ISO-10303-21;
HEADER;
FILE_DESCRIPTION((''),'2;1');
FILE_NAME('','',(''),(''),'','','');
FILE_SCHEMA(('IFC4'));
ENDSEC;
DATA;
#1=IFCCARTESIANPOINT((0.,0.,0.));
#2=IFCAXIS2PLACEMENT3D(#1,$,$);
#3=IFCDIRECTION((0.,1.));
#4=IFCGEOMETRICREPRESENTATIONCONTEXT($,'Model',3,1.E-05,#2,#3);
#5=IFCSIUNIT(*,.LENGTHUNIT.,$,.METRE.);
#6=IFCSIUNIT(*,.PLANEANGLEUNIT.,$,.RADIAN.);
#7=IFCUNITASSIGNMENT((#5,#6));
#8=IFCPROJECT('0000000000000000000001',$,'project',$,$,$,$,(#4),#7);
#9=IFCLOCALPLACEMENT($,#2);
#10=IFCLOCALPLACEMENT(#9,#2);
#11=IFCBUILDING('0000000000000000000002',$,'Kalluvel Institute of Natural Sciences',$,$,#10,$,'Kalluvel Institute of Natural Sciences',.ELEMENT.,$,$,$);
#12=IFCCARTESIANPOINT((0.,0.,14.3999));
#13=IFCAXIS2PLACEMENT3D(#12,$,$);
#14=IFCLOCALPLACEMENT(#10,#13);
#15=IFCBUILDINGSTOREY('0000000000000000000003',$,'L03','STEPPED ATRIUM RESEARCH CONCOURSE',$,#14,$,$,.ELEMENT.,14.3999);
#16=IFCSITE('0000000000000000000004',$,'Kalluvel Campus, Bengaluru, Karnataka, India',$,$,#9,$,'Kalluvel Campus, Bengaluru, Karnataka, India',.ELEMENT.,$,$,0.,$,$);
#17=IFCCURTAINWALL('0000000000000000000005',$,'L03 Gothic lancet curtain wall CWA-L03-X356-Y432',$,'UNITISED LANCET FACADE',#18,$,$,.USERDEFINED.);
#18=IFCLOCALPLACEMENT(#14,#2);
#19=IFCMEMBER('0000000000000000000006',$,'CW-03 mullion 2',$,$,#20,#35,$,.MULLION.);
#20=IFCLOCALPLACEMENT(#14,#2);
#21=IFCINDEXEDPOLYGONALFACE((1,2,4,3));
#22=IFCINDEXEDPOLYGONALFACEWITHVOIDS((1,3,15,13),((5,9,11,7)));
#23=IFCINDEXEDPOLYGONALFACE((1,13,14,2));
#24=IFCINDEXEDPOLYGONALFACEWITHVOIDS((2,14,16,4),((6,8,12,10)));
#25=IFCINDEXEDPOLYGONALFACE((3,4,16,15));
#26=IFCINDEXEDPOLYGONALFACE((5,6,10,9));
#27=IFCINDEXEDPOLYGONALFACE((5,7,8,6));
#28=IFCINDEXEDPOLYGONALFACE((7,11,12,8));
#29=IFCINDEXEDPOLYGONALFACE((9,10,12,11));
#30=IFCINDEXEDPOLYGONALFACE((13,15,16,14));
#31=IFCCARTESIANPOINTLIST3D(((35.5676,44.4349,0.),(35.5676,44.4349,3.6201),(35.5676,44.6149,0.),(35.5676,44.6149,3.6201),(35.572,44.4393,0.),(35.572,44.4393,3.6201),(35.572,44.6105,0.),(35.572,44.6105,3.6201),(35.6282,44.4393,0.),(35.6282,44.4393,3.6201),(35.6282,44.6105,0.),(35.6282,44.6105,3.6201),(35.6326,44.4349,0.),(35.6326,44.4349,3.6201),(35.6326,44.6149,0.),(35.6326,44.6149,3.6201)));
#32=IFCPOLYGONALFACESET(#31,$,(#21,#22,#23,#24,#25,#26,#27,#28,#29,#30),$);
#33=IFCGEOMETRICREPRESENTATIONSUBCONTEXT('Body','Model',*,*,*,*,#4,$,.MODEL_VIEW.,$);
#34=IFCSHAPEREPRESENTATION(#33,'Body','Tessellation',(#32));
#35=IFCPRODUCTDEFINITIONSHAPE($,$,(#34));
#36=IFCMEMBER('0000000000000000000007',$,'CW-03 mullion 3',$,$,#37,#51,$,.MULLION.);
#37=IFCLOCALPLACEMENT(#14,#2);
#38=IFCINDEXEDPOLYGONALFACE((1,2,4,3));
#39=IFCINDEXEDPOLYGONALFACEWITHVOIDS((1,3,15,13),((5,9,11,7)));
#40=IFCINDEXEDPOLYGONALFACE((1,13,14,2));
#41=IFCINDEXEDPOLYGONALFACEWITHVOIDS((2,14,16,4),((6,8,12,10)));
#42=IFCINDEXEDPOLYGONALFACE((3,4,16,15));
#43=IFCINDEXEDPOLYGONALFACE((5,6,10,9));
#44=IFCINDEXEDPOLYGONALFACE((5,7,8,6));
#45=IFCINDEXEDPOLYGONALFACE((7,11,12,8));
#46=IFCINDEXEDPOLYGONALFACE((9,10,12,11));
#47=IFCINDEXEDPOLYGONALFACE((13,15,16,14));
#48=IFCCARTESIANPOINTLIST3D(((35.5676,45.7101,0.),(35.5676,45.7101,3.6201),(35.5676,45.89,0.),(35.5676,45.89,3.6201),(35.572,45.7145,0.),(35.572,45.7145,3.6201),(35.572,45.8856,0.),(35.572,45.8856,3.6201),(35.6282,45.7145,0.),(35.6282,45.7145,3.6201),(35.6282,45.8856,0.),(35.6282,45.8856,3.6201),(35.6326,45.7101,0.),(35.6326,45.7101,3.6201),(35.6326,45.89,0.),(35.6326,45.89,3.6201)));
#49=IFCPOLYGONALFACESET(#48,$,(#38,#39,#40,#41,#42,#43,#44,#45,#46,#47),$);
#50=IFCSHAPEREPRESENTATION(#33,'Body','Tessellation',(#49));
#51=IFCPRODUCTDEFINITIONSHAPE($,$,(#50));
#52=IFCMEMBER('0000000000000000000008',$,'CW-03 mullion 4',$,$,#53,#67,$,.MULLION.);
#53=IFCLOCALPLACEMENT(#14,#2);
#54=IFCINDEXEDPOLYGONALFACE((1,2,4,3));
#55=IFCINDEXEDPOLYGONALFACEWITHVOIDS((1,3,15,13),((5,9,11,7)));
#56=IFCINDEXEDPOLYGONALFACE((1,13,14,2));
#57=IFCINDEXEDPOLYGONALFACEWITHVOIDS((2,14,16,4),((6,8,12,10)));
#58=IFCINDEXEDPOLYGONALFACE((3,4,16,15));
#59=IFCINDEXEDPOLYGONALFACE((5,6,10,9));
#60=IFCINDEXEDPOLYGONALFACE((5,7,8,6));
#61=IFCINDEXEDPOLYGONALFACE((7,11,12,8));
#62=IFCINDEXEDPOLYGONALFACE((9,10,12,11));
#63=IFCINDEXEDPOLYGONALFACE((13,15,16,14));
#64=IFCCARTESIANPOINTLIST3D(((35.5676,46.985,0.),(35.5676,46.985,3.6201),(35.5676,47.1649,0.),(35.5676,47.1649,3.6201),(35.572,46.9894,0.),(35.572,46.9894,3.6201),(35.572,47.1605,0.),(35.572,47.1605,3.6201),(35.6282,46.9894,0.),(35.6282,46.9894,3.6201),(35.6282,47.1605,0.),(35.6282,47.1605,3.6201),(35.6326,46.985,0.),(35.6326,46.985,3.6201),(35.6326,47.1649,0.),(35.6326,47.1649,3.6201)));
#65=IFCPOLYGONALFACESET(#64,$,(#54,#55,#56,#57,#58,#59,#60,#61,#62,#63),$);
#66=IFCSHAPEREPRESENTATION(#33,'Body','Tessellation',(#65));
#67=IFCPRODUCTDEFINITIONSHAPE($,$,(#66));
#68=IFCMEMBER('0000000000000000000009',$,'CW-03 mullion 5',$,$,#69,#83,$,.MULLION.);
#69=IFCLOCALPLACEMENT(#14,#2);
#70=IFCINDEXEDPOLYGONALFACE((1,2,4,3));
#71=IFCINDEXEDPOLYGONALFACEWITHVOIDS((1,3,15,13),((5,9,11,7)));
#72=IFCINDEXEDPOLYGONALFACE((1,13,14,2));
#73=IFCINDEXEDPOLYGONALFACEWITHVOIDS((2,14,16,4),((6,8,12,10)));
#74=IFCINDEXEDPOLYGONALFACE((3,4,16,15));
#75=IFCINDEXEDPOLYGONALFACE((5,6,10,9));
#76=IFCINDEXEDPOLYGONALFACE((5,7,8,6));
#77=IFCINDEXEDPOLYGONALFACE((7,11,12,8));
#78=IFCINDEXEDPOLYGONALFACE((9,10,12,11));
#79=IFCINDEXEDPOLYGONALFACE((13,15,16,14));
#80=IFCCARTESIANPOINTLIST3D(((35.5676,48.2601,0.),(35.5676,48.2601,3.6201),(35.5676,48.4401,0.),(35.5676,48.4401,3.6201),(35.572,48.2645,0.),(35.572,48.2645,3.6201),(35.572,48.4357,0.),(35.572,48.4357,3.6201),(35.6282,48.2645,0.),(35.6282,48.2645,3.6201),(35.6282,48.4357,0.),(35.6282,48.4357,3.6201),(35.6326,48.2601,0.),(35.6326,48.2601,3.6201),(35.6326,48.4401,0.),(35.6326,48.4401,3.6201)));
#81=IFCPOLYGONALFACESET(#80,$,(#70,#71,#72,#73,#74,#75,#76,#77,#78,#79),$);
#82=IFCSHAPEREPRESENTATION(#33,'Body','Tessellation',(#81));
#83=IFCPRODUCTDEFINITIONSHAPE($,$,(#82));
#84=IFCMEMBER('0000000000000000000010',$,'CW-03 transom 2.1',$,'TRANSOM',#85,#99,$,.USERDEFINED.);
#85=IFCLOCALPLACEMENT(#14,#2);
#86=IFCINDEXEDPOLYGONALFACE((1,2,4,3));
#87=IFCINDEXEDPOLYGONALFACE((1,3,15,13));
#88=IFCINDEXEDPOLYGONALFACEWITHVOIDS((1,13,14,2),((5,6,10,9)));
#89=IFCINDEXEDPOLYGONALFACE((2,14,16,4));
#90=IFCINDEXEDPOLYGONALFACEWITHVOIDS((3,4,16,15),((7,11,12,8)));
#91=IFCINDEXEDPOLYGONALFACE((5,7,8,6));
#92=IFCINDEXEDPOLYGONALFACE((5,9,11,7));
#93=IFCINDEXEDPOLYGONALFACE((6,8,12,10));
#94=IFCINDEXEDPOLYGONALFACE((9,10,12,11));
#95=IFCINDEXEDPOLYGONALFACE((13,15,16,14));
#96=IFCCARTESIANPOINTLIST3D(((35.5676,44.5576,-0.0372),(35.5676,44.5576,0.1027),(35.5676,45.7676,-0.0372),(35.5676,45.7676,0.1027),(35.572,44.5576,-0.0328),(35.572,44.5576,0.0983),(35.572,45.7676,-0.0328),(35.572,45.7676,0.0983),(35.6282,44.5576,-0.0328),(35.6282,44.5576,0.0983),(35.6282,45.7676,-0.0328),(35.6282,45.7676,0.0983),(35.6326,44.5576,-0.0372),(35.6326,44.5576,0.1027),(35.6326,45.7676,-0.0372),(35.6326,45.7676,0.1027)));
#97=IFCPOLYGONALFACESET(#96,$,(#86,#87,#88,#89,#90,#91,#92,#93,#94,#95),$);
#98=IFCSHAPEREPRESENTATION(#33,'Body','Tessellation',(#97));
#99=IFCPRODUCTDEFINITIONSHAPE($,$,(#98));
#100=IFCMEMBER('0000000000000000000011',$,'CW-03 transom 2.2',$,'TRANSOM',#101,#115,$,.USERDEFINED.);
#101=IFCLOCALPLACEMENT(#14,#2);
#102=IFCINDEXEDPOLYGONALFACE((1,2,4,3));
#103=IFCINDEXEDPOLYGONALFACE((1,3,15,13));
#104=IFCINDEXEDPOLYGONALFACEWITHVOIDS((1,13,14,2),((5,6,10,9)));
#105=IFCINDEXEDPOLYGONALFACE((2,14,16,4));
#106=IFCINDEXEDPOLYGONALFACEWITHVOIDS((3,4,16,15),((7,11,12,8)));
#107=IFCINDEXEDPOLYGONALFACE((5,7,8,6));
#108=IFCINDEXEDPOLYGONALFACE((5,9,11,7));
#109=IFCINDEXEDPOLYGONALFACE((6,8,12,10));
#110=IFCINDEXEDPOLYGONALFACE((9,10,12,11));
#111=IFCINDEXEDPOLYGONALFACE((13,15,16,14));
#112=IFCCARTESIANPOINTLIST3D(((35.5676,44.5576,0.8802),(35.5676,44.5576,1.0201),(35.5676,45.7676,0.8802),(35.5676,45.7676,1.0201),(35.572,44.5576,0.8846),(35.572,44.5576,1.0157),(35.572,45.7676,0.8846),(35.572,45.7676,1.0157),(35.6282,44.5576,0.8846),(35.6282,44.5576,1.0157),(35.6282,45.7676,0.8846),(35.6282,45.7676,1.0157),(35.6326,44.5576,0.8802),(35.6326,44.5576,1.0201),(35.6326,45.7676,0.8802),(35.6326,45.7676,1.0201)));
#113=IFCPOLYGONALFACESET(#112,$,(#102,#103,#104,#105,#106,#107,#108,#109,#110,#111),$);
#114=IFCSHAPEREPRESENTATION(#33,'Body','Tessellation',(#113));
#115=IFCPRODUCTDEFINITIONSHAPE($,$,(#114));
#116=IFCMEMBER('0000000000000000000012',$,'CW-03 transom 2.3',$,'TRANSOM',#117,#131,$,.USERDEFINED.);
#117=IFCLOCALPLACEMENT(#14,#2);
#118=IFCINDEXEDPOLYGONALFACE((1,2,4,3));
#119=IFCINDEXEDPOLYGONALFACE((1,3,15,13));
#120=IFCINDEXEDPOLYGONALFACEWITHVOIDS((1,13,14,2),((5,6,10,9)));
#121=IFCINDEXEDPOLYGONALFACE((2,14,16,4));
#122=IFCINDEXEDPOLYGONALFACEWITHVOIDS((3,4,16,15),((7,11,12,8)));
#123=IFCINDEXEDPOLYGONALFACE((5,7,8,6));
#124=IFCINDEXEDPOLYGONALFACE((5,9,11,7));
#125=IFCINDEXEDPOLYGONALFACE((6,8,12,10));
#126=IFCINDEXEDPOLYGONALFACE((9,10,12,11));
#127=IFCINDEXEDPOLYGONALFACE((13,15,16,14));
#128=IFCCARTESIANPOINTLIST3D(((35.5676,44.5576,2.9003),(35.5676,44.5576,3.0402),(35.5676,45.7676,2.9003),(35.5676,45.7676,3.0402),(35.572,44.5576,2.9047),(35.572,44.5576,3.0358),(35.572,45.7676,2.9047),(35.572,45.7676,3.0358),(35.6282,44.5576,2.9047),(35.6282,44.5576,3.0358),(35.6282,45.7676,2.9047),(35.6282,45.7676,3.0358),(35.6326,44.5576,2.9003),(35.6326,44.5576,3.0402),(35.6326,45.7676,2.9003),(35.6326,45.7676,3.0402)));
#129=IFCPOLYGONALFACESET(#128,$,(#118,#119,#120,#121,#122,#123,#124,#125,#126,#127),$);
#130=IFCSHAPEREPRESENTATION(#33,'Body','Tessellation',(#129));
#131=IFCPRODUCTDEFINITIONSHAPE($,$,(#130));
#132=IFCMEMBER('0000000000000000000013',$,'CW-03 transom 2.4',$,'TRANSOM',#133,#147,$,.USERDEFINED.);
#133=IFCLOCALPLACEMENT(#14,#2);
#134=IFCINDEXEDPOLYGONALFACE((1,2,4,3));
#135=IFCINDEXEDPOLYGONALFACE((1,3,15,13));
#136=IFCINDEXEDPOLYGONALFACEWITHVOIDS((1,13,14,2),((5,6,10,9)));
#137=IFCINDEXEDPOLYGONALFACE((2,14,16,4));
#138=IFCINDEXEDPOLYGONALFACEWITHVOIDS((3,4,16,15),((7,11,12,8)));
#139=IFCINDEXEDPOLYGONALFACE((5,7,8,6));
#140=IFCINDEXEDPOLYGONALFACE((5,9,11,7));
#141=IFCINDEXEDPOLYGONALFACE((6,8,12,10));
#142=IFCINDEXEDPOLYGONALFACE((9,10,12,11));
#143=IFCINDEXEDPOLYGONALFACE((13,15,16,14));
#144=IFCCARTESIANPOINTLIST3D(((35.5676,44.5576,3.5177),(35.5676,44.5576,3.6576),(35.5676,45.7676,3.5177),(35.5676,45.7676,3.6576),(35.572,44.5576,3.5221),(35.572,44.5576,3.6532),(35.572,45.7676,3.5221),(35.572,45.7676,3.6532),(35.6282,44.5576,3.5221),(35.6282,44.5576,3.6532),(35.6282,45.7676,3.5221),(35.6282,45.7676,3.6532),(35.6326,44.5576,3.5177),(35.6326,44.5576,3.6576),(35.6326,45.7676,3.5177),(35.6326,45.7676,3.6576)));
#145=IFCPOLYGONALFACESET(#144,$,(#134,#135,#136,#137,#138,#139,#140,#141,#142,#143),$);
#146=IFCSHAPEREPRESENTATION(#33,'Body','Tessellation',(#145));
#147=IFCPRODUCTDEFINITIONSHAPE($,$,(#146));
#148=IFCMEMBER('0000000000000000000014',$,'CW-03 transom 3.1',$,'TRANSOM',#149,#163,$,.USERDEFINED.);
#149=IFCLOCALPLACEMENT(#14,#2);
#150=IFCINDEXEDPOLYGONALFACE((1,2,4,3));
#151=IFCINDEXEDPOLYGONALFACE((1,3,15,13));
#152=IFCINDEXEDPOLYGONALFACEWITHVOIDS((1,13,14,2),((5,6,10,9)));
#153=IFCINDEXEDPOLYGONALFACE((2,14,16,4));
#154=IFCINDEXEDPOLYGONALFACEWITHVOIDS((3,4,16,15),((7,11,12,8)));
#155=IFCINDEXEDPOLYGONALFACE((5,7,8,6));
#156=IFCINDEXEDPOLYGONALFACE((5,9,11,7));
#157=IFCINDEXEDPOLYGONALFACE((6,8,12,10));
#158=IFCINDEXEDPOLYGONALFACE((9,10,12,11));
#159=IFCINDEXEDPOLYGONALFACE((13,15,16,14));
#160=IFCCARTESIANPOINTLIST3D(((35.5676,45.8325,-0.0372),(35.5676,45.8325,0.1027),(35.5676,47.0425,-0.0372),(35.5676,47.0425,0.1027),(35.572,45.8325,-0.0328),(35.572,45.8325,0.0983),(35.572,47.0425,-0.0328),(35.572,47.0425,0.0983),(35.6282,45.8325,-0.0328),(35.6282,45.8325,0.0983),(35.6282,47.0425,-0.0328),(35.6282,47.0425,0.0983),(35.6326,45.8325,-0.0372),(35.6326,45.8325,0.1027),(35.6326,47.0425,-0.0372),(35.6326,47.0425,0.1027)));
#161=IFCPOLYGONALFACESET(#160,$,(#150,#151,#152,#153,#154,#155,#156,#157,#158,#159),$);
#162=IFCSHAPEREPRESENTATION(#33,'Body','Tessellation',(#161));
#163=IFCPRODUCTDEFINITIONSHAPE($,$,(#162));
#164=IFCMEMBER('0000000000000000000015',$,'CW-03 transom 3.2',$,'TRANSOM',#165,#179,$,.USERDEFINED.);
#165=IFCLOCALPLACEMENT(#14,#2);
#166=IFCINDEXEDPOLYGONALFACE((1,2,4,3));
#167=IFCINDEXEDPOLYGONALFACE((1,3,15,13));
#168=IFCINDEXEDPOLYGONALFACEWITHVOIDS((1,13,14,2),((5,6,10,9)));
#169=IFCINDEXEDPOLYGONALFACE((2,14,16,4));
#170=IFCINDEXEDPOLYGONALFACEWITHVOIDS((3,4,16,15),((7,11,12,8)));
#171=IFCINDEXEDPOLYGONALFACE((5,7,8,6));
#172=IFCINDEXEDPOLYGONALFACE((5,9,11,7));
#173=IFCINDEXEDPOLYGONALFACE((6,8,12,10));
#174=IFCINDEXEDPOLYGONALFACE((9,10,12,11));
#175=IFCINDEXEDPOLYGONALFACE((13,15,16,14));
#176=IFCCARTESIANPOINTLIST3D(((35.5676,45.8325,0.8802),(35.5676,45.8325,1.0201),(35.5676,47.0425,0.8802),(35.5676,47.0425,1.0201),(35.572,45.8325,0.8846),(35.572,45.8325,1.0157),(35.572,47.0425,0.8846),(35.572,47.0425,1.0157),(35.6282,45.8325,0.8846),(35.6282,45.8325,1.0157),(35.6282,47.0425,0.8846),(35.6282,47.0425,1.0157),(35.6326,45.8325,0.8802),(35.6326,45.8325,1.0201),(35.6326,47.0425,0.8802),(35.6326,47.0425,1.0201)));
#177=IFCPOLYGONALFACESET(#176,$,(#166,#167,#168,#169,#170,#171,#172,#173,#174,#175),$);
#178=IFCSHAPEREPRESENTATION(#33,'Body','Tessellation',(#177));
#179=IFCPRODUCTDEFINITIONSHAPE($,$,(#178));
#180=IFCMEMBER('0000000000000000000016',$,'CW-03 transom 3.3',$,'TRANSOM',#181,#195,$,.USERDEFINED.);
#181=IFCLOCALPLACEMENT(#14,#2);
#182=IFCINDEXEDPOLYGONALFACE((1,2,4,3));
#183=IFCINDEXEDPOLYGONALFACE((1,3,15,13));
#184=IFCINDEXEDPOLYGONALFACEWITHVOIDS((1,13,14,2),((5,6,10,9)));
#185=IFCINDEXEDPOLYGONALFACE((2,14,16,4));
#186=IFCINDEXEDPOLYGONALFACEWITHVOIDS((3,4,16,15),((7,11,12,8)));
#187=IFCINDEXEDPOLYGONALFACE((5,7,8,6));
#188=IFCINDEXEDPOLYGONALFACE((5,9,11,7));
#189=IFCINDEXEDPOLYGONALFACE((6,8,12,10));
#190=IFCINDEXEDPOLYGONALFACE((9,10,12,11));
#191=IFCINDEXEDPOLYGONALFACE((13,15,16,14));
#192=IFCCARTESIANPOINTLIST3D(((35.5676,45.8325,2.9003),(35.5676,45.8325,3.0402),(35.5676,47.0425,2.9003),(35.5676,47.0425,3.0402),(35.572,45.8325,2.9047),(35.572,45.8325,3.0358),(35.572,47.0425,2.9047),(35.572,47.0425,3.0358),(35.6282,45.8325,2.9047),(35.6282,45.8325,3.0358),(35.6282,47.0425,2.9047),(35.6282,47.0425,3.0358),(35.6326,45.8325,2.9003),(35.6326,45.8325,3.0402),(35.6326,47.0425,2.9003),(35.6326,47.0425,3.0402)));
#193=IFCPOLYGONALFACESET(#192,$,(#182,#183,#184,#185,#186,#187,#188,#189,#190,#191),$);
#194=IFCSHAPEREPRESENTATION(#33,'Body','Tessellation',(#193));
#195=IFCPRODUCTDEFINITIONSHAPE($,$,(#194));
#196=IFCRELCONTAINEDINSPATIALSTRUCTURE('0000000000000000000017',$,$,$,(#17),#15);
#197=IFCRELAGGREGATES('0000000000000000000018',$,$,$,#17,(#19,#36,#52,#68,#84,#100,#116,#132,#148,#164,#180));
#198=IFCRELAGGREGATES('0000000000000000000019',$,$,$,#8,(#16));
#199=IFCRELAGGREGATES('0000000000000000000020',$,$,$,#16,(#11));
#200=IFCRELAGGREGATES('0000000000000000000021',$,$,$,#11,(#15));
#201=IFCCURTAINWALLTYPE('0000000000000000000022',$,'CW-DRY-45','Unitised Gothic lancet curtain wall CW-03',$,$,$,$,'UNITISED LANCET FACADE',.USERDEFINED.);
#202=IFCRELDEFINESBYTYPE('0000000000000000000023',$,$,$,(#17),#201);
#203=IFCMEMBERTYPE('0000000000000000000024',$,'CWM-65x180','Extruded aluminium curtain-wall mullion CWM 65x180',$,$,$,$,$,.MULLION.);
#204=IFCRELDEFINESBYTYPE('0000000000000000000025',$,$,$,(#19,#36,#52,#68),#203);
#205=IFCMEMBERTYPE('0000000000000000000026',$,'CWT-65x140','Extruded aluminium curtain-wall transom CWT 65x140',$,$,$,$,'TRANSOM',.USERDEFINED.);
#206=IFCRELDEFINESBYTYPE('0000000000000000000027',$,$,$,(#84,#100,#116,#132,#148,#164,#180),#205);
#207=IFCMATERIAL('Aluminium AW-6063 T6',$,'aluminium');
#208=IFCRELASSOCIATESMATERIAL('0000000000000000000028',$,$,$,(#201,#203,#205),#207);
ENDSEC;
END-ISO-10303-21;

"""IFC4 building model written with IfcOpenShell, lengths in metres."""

from ifc_helpers import new_model, si_unit, direction, frame, origin, origin_2d, place, context, subcontext, project, spatial, hollow_rectangle, extrude, material, material_profile, profile_set, type_object, element, aggregate, save


model = new_model("IFC4")

# Units and contexts
model_context = context("Model", 3, precision=1e-05, world=origin(), true_north=direction((0.0, 1.0)))
body_context = subcontext(model_context, "Body", "Model", "MODEL_VIEW")
ifc_project = project(units=[si_unit("LENGTHUNIT", "METRE"), si_unit("PLANEANGLEUNIT", "RADIAN")], contexts=[model_context])

# Site, building, storey
site_placement = place(None, origin())
site = spatial("IfcSite", under=ifc_project, at=site_placement, Name="Kalluvel Campus, Bengaluru, Karnataka, India", LongName="Kalluvel Campus, Bengaluru, Karnataka, India", CompositionType="ELEMENT", RefElevation=0.0)
building_placement = place(site_placement, origin())
building = spatial("IfcBuilding", under=site, at=building_placement, Name="Kalluvel Institute of Natural Sciences", LongName="Kalluvel Institute of Natural Sciences", CompositionType="ELEMENT")
storey_placement = place(building_placement, frame((0.0, 0.0, 14.3999)))
storey = spatial("IfcBuildingStorey", under=building, at=storey_placement, Name="L03", Description="STEPPED ATRIUM RESEARCH CONCOURSE", CompositionType="ELEMENT", Elevation=14.3999)

# Curtain wall, members
ifc_material_1 = material(Name="Aluminium AW-6063 T6", Category="aluminium")
curtain_wall_type = type_object("IfcCurtainWallType", Name="CW-DRY-45", Description="Unitised Gothic lancet curtain wall CW-03", ElementType="UNITISED LANCET FACADE", PredefinedType="USERDEFINED", material=ifc_material_1)
curtain_wall_placement = place(storey_placement, origin())
curtain_wall = element("IfcCurtainWall", 1, at=curtain_wall_placement, inside=storey, type_object=curtain_wall_type, Name="L03 Gothic lancet curtain wall CWA-L03-X356-Y432", ObjectType="UNITISED LANCET FACADE", PredefinedType="USERDEFINED")
ifc_material_profile_1 = material_profile(ifc_material_1, hollow_rectangle(XDim=0.0649, YDim=0.1799, WallThickness=0.0044, at=origin_2d()), Name="CWM 65x180")
ifc_profile_set_1 = profile_set([ifc_material_profile_1], Name="Aluminium AW-6063 T6")
member_type_1 = type_object("IfcMemberType", Name="CWM-65x180", Description="Extruded aluminium curtain-wall mullion CWM 65x180", PredefinedType="MULLION", material=ifc_profile_set_1)
member_1_placement = place(storey_placement, frame((35.6001, 44.5249, 0.0), z_axis=(0.0, 0.0, 1.0), x_axis=(-1.0, 0.0, 0.0)))
member_1 = element("IfcMember", 2, at=member_1_placement, type_object=member_type_1, Name="CW-03 mullion 2", PredefinedType="MULLION", context=body_context, shape_type="SweptSolid", body=[
    extrude(hollow_rectangle(XDim=0.0649, YDim=0.1799, WallThickness=0.0044, at=origin_2d()), origin(), (0.0, 0.0, 1.0), 3.6201),
])
member_2_placement = place(storey_placement, frame((35.6001, 45.8, 0.0), z_axis=(0.0, 0.0, 1.0), x_axis=(-1.0, 0.0, 0.0)))
member_2 = element("IfcMember", 3, at=member_2_placement, type_object=member_type_1, Name="CW-03 mullion 3", PredefinedType="MULLION", context=body_context, shape_type="SweptSolid", body=[
    extrude(hollow_rectangle(XDim=0.0649, YDim=0.1799, WallThickness=0.0044, at=origin_2d()), origin(), (0.0, 0.0, 1.0), 3.6201),
])
member_3_placement = place(storey_placement, frame((35.6001, 47.075, 0.0), z_axis=(0.0, 0.0, 1.0), x_axis=(-1.0, 0.0, 0.0)))
member_3 = element("IfcMember", 4, at=member_3_placement, type_object=member_type_1, Name="CW-03 mullion 4", PredefinedType="MULLION", context=body_context, shape_type="SweptSolid", body=[
    extrude(hollow_rectangle(XDim=0.0649, YDim=0.1799, WallThickness=0.0044, at=origin_2d()), origin(), (0.0, 0.0, 1.0), 3.6201),
])
member_4_placement = place(storey_placement, frame((35.6001, 48.3501, 0.0), z_axis=(0.0, 0.0, 1.0), x_axis=(-1.0, 0.0, 0.0)))
member_4 = element("IfcMember", 5, at=member_4_placement, type_object=member_type_1, Name="CW-03 mullion 5", PredefinedType="MULLION", context=body_context, shape_type="SweptSolid", body=[
    extrude(hollow_rectangle(XDim=0.0649, YDim=0.1799, WallThickness=0.0044, at=origin_2d()), origin(), (0.0, 0.0, 1.0), 3.6201),
])
ifc_material_profile_2 = material_profile(ifc_material_1, hollow_rectangle(XDim=0.0649, YDim=0.1399, WallThickness=0.0044, at=origin_2d()), Name="CWT 65x140")
ifc_profile_set_2 = profile_set([ifc_material_profile_2], Name="Aluminium AW-6063 T6")
member_type_2 = type_object("IfcMemberType", Name="CWT-65x140", Description="Extruded aluminium curtain-wall transom CWT 65x140", ElementType="TRANSOM", PredefinedType="USERDEFINED", material=ifc_profile_set_2)
member_5_placement = place(storey_placement, frame((35.6001, 44.5576, 0.0327), z_axis=(0.0, 1.0, 0.0), x_axis=(-1.0, 0.0, 0.0)))
member_5 = element("IfcMember", 6, at=member_5_placement, type_object=member_type_2, Name="CW-03 transom 2.1", ObjectType="TRANSOM", PredefinedType="USERDEFINED", context=body_context, shape_type="SweptSolid", body=[
    extrude(hollow_rectangle(XDim=0.0649, YDim=0.1399, WallThickness=0.0044, at=origin_2d()), origin(), (0.0, 0.0, 1.0), 1.21),
])
member_6_placement = place(storey_placement, frame((35.6001, 44.5576, 0.9502), z_axis=(0.0, 1.0, 0.0), x_axis=(-1.0, 0.0, 0.0)))
member_6 = element("IfcMember", 7, at=member_6_placement, type_object=member_type_2, Name="CW-03 transom 2.2", ObjectType="TRANSOM", PredefinedType="USERDEFINED", context=body_context, shape_type="SweptSolid", body=[
    extrude(hollow_rectangle(XDim=0.0649, YDim=0.1399, WallThickness=0.0044, at=origin_2d()), origin(), (0.0, 0.0, 1.0), 1.21),
])
member_7_placement = place(storey_placement, frame((35.6001, 44.5576, 2.9702), z_axis=(0.0, 1.0, 0.0), x_axis=(-1.0, 0.0, 0.0)))
member_7 = element("IfcMember", 8, at=member_7_placement, type_object=member_type_2, Name="CW-03 transom 2.3", ObjectType="TRANSOM", PredefinedType="USERDEFINED", context=body_context, shape_type="SweptSolid", body=[
    extrude(hollow_rectangle(XDim=0.0649, YDim=0.1399, WallThickness=0.0044, at=origin_2d()), origin(), (0.0, 0.0, 1.0), 1.21),
])
member_8_placement = place(storey_placement, frame((35.6001, 44.5576, 3.5876), z_axis=(0.0, 1.0, 0.0), x_axis=(-1.0, 0.0, 0.0)))
member_8 = element("IfcMember", 9, at=member_8_placement, type_object=member_type_2, Name="CW-03 transom 2.4", ObjectType="TRANSOM", PredefinedType="USERDEFINED", context=body_context, shape_type="SweptSolid", body=[
    extrude(hollow_rectangle(XDim=0.0649, YDim=0.1399, WallThickness=0.0044, at=origin_2d()), origin(), (0.0, 0.0, 1.0), 1.21),
])
member_9_placement = place(storey_placement, frame((35.6001, 45.8325, 0.0327), z_axis=(0.0, 1.0, 0.0), x_axis=(-1.0, 0.0, 0.0)))
member_9 = element("IfcMember", 10, at=member_9_placement, type_object=member_type_2, Name="CW-03 transom 3.1", ObjectType="TRANSOM", PredefinedType="USERDEFINED", context=body_context, shape_type="SweptSolid", body=[
    extrude(hollow_rectangle(XDim=0.0649, YDim=0.1399, WallThickness=0.0044, at=origin_2d()), origin(), (0.0, 0.0, 1.0), 1.21),
])
member_10_placement = place(storey_placement, frame((35.6001, 45.8325, 0.9502), z_axis=(0.0, 1.0, 0.0), x_axis=(-1.0, 0.0, 0.0)))
member_10 = element("IfcMember", 11, at=member_10_placement, type_object=member_type_2, Name="CW-03 transom 3.2", ObjectType="TRANSOM", PredefinedType="USERDEFINED", context=body_context, shape_type="SweptSolid", body=[
    extrude(hollow_rectangle(XDim=0.0649, YDim=0.1399, WallThickness=0.0044, at=origin_2d()), origin(), (0.0, 0.0, 1.0), 1.21),
])
member_11_placement = place(storey_placement, frame((35.6001, 45.8325, 2.9702), z_axis=(0.0, 1.0, 0.0), x_axis=(-1.0, 0.0, 0.0)))
member_11 = element("IfcMember", 12, at=member_11_placement, type_object=member_type_2, Name="CW-03 transom 3.3", ObjectType="TRANSOM", PredefinedType="USERDEFINED", context=body_context, shape_type="SweptSolid", body=[
    extrude(hollow_rectangle(XDim=0.0649, YDim=0.1399, WallThickness=0.0044, at=origin_2d()), origin(), (0.0, 0.0, 1.0), 1.21),
])
aggregate(curtain_wall, [member_1, member_2, member_3, member_4, member_5, member_6, member_7, member_8, member_9, member_10, member_11])

save(model, "model.ifc")
